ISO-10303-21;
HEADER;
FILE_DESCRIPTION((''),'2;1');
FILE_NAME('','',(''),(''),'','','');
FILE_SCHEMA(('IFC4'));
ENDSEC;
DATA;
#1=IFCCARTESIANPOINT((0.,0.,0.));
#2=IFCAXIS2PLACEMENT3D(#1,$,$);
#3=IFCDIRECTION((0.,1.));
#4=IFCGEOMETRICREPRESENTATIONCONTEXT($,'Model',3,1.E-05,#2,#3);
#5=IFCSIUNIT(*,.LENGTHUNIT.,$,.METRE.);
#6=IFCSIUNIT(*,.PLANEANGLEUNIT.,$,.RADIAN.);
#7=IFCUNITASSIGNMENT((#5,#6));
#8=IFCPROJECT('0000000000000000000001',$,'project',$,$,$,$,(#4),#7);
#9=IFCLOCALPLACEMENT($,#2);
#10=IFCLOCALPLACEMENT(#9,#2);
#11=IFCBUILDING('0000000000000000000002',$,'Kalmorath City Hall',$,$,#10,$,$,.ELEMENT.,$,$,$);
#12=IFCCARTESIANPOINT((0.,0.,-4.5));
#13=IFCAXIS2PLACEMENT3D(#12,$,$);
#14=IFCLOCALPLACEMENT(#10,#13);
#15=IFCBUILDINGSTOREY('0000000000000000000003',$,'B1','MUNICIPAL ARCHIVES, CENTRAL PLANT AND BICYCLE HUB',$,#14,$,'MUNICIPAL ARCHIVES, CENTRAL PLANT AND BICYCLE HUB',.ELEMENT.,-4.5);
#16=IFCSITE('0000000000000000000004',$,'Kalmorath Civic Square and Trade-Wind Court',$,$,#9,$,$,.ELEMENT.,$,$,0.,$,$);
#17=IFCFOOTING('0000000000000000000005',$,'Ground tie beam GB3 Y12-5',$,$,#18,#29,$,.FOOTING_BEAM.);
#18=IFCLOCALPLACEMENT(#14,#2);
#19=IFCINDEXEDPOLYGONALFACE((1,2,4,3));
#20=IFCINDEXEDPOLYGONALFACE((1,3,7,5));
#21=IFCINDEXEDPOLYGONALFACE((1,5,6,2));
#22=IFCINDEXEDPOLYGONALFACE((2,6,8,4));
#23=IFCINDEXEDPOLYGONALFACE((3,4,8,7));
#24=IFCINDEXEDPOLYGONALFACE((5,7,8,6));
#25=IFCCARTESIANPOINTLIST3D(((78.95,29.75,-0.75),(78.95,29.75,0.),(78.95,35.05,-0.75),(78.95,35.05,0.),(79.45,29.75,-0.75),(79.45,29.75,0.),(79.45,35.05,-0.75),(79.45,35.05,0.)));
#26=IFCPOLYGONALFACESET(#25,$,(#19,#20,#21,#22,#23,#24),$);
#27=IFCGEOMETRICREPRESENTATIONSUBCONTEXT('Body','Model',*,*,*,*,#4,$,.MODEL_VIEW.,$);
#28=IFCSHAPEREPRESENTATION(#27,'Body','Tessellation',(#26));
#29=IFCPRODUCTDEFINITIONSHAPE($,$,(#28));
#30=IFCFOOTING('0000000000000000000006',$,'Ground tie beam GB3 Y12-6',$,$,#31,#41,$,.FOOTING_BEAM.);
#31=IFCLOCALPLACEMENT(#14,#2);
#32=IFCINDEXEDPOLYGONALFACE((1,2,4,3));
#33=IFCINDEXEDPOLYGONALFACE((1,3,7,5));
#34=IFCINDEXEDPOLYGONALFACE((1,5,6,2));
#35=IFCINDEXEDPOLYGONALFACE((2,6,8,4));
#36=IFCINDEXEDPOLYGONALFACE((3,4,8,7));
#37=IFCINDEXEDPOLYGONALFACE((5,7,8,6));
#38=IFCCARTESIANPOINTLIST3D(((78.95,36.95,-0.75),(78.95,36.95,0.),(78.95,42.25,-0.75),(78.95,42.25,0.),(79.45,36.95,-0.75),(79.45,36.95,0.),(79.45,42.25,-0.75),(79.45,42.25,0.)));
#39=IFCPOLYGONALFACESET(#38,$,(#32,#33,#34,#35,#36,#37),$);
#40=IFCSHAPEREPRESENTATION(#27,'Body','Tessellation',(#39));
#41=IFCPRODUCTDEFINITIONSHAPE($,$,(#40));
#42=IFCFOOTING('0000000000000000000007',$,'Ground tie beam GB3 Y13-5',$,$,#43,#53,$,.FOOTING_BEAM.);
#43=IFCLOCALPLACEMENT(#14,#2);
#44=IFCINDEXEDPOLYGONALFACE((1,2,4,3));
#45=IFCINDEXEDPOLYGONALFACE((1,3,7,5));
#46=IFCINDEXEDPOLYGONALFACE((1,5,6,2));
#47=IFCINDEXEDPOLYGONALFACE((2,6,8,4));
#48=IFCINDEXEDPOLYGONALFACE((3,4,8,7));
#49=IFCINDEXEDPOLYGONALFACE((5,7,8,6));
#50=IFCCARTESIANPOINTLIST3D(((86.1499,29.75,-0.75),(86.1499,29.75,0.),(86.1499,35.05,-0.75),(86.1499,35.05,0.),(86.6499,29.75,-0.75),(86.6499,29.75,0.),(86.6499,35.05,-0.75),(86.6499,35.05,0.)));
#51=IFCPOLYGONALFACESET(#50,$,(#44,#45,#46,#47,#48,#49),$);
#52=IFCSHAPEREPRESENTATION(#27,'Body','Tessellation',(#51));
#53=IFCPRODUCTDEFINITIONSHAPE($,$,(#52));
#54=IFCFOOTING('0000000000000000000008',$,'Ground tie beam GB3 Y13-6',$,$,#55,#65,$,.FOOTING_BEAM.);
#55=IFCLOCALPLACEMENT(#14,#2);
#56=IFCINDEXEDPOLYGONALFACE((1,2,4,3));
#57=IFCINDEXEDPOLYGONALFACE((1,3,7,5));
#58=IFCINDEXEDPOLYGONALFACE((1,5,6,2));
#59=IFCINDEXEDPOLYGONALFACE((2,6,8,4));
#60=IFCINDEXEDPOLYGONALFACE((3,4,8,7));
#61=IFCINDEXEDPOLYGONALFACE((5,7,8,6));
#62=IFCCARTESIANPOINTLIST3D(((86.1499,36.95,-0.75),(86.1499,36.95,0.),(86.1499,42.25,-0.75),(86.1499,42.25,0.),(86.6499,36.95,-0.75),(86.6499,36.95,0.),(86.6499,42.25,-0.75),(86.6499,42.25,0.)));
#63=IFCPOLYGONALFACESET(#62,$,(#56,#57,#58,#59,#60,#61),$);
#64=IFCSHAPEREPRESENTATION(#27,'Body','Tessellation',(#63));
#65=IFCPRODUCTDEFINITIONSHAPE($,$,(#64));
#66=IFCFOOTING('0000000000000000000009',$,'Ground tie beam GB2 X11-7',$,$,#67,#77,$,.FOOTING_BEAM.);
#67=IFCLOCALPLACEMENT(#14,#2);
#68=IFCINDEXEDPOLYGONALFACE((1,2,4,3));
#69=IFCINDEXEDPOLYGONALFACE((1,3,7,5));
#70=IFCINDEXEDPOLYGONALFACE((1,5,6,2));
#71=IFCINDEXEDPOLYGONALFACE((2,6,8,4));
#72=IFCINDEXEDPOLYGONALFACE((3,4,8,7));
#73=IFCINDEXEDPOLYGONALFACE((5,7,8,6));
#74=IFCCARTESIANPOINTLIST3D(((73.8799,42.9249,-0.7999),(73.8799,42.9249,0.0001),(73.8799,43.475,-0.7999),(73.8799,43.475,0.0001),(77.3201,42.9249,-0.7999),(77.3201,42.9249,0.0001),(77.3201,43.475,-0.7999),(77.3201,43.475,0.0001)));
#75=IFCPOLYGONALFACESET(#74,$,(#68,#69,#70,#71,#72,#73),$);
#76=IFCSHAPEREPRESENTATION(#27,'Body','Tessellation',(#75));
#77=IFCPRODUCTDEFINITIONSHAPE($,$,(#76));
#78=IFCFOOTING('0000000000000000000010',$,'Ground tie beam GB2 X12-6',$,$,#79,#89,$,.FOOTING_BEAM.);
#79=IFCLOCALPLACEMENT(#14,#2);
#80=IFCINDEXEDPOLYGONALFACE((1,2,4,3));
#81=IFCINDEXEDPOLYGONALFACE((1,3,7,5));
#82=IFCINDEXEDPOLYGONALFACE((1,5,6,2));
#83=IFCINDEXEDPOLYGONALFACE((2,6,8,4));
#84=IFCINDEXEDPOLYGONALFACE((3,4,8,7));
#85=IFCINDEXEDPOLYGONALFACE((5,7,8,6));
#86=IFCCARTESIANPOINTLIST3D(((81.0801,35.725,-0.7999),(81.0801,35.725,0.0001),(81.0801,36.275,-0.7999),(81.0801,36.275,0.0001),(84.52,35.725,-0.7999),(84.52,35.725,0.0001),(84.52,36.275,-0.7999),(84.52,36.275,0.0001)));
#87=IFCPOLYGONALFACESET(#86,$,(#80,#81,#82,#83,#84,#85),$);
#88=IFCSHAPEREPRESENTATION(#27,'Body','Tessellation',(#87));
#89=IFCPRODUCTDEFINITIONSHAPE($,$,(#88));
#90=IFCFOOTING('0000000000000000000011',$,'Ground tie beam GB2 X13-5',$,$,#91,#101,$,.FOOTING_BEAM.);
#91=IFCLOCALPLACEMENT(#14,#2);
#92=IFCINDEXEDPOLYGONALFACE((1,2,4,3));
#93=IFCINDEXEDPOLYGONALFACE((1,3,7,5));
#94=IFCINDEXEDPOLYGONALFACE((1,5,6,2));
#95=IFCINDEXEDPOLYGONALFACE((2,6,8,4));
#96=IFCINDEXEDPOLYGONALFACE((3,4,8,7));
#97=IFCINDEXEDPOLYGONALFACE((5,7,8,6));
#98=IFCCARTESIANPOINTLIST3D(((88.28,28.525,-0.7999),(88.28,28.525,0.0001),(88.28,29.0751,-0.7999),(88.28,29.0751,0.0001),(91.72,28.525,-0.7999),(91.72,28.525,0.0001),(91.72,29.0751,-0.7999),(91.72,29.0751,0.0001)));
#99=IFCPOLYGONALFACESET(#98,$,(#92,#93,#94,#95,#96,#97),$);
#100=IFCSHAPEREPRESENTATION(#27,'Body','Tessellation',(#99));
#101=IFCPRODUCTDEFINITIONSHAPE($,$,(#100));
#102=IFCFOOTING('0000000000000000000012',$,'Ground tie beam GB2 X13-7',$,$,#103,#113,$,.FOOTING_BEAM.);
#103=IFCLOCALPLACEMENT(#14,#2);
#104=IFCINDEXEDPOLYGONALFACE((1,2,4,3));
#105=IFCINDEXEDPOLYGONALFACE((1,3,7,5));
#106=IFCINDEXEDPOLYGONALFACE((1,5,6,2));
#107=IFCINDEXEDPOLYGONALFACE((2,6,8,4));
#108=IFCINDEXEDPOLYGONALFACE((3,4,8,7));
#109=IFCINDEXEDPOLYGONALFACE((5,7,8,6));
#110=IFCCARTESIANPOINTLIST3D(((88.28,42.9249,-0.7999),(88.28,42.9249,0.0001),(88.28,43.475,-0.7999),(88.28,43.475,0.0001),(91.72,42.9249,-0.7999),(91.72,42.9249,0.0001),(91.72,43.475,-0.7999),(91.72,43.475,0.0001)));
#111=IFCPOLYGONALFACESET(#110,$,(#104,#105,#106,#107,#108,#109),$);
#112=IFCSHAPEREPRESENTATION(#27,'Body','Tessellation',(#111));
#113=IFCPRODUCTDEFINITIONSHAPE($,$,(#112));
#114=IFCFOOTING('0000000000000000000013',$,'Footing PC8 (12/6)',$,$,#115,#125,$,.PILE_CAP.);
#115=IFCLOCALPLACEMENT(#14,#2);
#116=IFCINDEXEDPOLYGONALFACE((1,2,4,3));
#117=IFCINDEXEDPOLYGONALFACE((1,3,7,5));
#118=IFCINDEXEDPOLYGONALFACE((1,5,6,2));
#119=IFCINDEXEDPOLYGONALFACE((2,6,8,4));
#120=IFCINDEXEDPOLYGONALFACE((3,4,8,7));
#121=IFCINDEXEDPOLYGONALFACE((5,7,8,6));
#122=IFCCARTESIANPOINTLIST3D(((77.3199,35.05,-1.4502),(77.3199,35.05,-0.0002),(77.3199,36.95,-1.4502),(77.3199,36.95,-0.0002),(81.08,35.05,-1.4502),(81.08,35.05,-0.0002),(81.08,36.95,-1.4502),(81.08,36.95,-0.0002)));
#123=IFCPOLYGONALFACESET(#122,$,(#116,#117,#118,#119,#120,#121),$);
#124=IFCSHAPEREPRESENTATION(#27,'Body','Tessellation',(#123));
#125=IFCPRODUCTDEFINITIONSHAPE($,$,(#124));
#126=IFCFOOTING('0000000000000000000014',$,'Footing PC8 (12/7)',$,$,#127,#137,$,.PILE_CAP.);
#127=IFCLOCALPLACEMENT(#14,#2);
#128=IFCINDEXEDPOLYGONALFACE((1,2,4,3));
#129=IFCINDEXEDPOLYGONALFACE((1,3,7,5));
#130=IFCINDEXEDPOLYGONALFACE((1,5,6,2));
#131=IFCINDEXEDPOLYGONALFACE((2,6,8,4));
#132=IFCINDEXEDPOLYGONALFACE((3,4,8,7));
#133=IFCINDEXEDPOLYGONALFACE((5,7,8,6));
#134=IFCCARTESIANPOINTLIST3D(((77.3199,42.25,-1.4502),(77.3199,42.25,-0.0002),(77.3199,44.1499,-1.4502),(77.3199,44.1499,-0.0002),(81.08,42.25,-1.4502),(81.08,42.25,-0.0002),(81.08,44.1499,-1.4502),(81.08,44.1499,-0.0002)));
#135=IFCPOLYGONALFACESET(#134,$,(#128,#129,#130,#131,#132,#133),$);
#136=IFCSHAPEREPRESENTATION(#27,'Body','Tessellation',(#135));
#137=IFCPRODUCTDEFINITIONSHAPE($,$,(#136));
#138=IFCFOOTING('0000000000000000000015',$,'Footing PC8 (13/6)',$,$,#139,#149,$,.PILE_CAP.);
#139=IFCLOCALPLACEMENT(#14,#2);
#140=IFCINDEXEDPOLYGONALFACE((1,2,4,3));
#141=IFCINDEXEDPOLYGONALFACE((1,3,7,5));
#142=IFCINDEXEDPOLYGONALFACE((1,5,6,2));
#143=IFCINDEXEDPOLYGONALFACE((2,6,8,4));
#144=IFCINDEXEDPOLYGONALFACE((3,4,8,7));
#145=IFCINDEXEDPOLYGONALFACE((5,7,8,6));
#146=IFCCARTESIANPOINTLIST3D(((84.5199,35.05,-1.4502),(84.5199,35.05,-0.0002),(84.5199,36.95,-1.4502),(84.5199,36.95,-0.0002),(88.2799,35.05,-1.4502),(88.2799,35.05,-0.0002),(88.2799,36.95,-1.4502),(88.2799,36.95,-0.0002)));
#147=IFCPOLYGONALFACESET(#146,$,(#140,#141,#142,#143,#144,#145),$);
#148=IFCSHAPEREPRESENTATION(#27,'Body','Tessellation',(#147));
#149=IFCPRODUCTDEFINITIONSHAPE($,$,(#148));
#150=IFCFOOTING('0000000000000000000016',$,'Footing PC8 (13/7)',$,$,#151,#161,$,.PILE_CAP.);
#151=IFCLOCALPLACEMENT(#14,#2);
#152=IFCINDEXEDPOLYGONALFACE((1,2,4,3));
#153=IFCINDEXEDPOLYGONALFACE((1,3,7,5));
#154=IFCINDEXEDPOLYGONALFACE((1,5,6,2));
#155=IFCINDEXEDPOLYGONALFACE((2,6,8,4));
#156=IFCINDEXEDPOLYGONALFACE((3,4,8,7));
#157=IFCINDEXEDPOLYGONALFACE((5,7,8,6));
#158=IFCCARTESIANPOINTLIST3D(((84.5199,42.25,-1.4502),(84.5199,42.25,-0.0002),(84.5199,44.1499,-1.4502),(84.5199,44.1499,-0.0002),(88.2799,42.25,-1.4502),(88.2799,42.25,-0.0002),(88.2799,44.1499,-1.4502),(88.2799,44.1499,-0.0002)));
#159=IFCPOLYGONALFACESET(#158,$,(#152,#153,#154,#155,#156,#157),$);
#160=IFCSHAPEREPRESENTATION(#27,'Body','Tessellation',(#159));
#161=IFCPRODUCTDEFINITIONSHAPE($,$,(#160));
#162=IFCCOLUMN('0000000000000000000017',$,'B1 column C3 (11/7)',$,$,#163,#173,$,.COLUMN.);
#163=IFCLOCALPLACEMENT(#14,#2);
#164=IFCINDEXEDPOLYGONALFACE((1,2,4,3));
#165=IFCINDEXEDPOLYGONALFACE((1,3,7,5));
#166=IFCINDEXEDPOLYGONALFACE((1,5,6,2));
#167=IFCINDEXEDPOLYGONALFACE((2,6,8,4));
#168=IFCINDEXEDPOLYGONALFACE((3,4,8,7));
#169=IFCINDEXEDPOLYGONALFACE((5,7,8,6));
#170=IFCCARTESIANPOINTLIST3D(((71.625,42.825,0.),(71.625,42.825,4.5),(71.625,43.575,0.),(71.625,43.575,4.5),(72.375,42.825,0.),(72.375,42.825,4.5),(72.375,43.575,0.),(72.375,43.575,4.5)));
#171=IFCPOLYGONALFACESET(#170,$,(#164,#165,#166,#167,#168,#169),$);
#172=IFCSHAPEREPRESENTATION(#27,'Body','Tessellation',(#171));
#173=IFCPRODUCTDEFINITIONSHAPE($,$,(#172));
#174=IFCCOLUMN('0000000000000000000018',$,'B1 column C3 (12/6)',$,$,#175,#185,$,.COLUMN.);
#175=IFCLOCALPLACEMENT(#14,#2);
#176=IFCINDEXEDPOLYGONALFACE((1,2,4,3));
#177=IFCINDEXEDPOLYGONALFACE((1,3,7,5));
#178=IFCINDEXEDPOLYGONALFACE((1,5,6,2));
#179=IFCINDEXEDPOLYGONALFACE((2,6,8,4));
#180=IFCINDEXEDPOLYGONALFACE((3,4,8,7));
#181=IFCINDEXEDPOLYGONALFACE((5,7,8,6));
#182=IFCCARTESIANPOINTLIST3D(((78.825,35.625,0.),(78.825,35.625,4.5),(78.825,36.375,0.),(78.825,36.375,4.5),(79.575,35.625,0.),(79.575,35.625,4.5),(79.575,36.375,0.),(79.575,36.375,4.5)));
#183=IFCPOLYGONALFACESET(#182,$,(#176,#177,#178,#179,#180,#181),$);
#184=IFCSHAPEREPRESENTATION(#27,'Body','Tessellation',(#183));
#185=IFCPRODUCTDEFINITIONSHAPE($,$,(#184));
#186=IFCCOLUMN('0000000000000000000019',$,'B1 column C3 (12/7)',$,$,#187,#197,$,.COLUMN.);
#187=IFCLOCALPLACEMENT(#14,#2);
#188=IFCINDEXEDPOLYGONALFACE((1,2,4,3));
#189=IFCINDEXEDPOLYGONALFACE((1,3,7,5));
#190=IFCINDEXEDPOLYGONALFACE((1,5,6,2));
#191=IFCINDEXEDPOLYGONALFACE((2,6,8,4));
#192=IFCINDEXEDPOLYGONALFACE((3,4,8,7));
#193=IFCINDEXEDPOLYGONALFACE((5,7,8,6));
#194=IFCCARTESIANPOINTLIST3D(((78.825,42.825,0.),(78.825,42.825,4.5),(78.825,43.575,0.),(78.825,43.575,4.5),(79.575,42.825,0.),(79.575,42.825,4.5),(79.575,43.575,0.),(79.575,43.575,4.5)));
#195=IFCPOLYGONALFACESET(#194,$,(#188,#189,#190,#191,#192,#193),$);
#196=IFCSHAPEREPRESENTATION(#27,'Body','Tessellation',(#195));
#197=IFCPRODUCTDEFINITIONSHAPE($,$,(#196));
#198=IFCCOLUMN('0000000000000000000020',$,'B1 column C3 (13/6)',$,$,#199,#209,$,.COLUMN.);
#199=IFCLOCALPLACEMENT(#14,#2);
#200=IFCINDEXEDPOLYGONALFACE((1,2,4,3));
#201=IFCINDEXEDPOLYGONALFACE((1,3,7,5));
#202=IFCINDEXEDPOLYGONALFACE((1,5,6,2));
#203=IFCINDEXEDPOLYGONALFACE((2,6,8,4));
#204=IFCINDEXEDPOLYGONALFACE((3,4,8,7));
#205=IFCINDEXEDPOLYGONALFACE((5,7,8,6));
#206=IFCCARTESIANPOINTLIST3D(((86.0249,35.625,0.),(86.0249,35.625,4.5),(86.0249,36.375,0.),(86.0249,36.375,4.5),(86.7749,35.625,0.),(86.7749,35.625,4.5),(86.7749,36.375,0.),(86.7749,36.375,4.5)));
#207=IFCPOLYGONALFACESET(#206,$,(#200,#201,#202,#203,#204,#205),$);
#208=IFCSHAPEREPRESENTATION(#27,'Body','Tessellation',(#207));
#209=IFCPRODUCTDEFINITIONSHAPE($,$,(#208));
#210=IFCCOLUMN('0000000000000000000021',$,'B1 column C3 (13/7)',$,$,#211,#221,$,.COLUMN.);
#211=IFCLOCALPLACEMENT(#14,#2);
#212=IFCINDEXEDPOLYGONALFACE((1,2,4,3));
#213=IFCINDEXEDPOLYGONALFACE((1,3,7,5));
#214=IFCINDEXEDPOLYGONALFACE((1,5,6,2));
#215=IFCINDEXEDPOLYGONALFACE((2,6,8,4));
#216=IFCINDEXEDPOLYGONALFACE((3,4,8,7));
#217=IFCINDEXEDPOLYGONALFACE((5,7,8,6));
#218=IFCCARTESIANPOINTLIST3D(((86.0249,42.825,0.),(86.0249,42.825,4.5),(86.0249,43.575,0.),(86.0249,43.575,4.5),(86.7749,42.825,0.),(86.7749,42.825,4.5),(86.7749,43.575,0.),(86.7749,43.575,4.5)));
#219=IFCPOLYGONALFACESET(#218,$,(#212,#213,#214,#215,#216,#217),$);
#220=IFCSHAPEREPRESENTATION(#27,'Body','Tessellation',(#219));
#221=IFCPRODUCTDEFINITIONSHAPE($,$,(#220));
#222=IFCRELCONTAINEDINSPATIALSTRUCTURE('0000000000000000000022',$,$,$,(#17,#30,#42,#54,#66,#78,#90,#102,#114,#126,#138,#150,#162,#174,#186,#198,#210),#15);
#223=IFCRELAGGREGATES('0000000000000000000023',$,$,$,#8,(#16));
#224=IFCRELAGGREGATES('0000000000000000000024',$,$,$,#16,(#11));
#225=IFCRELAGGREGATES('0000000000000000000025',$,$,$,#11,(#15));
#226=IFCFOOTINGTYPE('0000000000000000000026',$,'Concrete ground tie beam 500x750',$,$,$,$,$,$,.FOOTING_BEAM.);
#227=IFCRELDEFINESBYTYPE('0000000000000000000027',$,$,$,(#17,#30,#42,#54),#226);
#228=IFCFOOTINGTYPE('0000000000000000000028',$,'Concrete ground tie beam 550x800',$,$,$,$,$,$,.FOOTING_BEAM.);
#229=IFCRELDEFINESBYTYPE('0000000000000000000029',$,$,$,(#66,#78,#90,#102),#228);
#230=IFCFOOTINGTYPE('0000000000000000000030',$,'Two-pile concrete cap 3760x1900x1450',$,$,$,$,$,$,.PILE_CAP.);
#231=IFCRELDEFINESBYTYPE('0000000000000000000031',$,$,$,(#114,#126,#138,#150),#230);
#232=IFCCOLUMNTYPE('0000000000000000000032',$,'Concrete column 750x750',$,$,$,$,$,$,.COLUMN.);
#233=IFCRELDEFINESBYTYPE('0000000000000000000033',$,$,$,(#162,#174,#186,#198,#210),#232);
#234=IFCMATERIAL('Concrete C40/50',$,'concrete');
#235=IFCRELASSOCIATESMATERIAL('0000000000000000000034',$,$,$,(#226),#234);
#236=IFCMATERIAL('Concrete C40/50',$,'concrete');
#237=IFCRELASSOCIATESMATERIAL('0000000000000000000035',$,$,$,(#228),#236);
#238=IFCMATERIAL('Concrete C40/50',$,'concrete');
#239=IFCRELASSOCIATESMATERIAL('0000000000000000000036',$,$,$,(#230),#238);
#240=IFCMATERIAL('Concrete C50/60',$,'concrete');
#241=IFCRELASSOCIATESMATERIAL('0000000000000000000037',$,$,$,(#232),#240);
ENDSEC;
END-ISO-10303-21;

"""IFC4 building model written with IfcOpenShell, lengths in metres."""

from ifc_helpers import new_model, si_unit, direction, frame, origin, origin_2d, place, context, subcontext, project, spatial, rectangle, extrude, material, material_profile, profile_set, type_object, element, save


model = new_model("IFC4")

# Units and contexts
model_context = context("Model", 3, precision=1e-05, world=origin(), true_north=direction((0.0, 1.0)))
body_context = subcontext(model_context, "Body", "Model", "MODEL_VIEW")
ifc_project = project(units=[si_unit("LENGTHUNIT", "METRE"), si_unit("PLANEANGLEUNIT", "RADIAN")], contexts=[model_context])

# Site, building, storey
site_placement = place(None, origin())
site = spatial("IfcSite", under=ifc_project, at=site_placement, Name="Kalmorath Civic Square and Trade-Wind Court", CompositionType="ELEMENT", RefElevation=0.0)
building_placement = place(site_placement, origin())
building = spatial("IfcBuilding", under=site, at=building_placement, Name="Kalmorath City Hall", CompositionType="ELEMENT")
storey_placement = place(building_placement, frame((0.0, 0.0, -4.5)))
storey = spatial("IfcBuildingStorey", under=building, at=storey_placement, Name="B1", Description="MUNICIPAL ARCHIVES, CENTRAL PLANT AND BICYCLE HUB", LongName="MUNICIPAL ARCHIVES, CENTRAL PLANT AND BICYCLE HUB", CompositionType="ELEMENT", Elevation=-4.5)

# Footings
ifc_material_1 = material(Name="Concrete C40/50", Category="concrete")
ifc_material_profile_1 = material_profile(ifc_material_1, rectangle(XDim=0.5, YDim=0.75, at=origin_2d()), Name="RC-BM-500X750")
ifc_profile_set_1 = profile_set([ifc_material_profile_1], Name="Concrete C40/50")
footing_type_1 = type_object("IfcFootingType", Name="Concrete ground tie beam 500x750", PredefinedType="FOOTING_BEAM", material=ifc_profile_set_1)
for number, where, z_axis, x_axis, name in (
    (1, (79.2, 29.75, -0.375), (0.0, 1.0, 0.0), (-1.0, 0.0, 0.0), "Ground tie beam GB3 Y12-5"),
    (2, (79.2, 36.95, -0.375), (0.0, 1.0, 0.0), (-1.0, 0.0, 0.0), "Ground tie beam GB3 Y12-6"),
    (3, (86.3999, 29.75, -0.375), (0.0, 1.0, 0.0), (-1.0, 0.0, 0.0), "Ground tie beam GB3 Y13-5"),
    (4, (86.3999, 36.95, -0.375), (0.0, 1.0, 0.0), (-1.0, 0.0, 0.0), "Ground tie beam GB3 Y13-6"),
):
    element("IfcFooting", number, at=place(storey_placement, frame(where, z_axis=z_axis, x_axis=x_axis)), inside=storey, type_object=footing_type_1, Name=name, PredefinedType="FOOTING_BEAM", context=body_context, shape_type="SweptSolid", body=[
        extrude(rectangle(XDim=0.5, YDim=0.75, at=origin_2d()), origin(), (0.0, 0.0, 1.0), 5.3),
    ])
ifc_material_2 = material(Name="Concrete C40/50", Category="concrete")
ifc_material_profile_2 = material_profile(ifc_material_2, rectangle(XDim=0.55, YDim=0.8, at=origin_2d()), Name="RC-BM-550X800")
ifc_profile_set_2 = profile_set([ifc_material_profile_2], Name="Concrete C40/50")
footing_type_2 = type_object("IfcFootingType", Name="Concrete ground tie beam 550x800", PredefinedType="FOOTING_BEAM", material=ifc_profile_set_2)
footing_placement = place(storey_placement, frame((73.8799, 43.2, -0.3999), z_axis=(1.0, 0.0, 0.0), x_axis=(0.0, 1.0, 0.0)))
element("IfcFooting", 5, at=footing_placement, inside=storey, type_object=footing_type_2, Name="Ground tie beam GB2 X11-7", PredefinedType="FOOTING_BEAM", context=body_context, shape_type="SweptSolid", body=[
    extrude(rectangle(XDim=0.55, YDim=0.8, at=origin_2d()), origin(), (0.0, 0.0, 1.0), 3.4402),
])
for number, where, z_axis, x_axis, name in (
    (6, (81.0801, 36.0, -0.3999), (1.0, 0.0, 0.0), (0.0, 1.0, 0.0), "Ground tie beam GB2 X12-6"),
    (7, (88.28, 28.8, -0.3999), (1.0, 0.0, 0.0), (0.0, 1.0, 0.0), "Ground tie beam GB2 X13-5"),
    (8, (88.28, 43.2, -0.3999), (1.0, 0.0, 0.0), (0.0, 1.0, 0.0), "Ground tie beam GB2 X13-7"),
):
    element("IfcFooting", number, at=place(storey_placement, frame(where, z_axis=z_axis, x_axis=x_axis)), inside=storey, type_object=footing_type_2, Name=name, PredefinedType="FOOTING_BEAM", context=body_context, shape_type="SweptSolid", body=[
        extrude(rectangle(XDim=0.55, YDim=0.8, at=origin_2d()), origin(), (0.0, 0.0, 1.0), 3.4399),
    ])
ifc_material_3 = material(Name="Concrete C40/50", Category="concrete")
footing_type_3 = type_object("IfcFootingType", Name="Two-pile concrete cap 3760x1900x1450", PredefinedType="PILE_CAP", material=ifc_material_3)
for number, where, z_axis, x_axis, name in (
    (9, (79.2, 36.0, -1.4502), (0.0, 0.0, 1.0), (1.0, 0.0, 0.0), "Footing PC8 (12/6)"),
    (10, (79.2, 43.2, -1.4502), (0.0, 0.0, 1.0), (1.0, 0.0, 0.0), "Footing PC8 (12/7)"),
    (11, (86.3999, 36.0, -1.4502), (0.0, 0.0, 1.0), (1.0, 0.0, 0.0), "Footing PC8 (13/6)"),
    (12, (86.3999, 43.2, -1.4502), (0.0, 0.0, 1.0), (1.0, 0.0, 0.0), "Footing PC8 (13/7)"),
):
    element("IfcFooting", number, at=place(storey_placement, frame(where, z_axis=z_axis, x_axis=x_axis)), inside=storey, type_object=footing_type_3, Name=name, PredefinedType="PILE_CAP", context=body_context, shape_type="SweptSolid", body=[
        extrude(rectangle(XDim=3.76, YDim=1.8999, at=origin_2d()), origin(), (0.0, 0.0, 1.0), 1.45),
    ])

# Columns
ifc_material_4 = material(Name="Concrete C50/60", Category="concrete")
ifc_material_profile_3 = material_profile(ifc_material_4, rectangle(XDim=0.75, YDim=0.75, at=origin_2d()), Name="RC-COL-750X750")
ifc_profile_set_3 = profile_set([ifc_material_profile_3], Name="Concrete C50/60")
column_type = type_object("IfcColumnType", Name="Concrete column 750x750", PredefinedType="COLUMN", material=ifc_profile_set_3)
for number, where, z_axis, x_axis, name in (
    (13, (72.0, 43.2, 0.0), (0.0, 0.0, 1.0), (1.0, 0.0, 0.0), "B1 column C3 (11/7)"),
    (14, (79.2, 36.0, 0.0), (0.0, 0.0, 1.0), (1.0, 0.0, 0.0), "B1 column C3 (12/6)"),
    (15, (79.2, 43.2, 0.0), (0.0, 0.0, 1.0), (1.0, 0.0, 0.0), "B1 column C3 (12/7)"),
    (16, (86.3999, 36.0, 0.0), (0.0, 0.0, 1.0), (1.0, 0.0, 0.0), "B1 column C3 (13/6)"),
    (17, (86.3999, 43.2, 0.0), (0.0, 0.0, 1.0), (1.0, 0.0, 0.0), "B1 column C3 (13/7)"),
):
    element("IfcColumn", number, at=place(storey_placement, frame(where, z_axis=z_axis, x_axis=x_axis)), inside=storey, type_object=column_type, Name=name, PredefinedType="COLUMN", context=body_context, shape_type="SweptSolid", body=[
        extrude(rectangle(XDim=0.75, YDim=0.75, at=origin_2d()), origin(), (0.0, 0.0, 1.0), 4.5),
    ])

save(model, "model.ifc")
